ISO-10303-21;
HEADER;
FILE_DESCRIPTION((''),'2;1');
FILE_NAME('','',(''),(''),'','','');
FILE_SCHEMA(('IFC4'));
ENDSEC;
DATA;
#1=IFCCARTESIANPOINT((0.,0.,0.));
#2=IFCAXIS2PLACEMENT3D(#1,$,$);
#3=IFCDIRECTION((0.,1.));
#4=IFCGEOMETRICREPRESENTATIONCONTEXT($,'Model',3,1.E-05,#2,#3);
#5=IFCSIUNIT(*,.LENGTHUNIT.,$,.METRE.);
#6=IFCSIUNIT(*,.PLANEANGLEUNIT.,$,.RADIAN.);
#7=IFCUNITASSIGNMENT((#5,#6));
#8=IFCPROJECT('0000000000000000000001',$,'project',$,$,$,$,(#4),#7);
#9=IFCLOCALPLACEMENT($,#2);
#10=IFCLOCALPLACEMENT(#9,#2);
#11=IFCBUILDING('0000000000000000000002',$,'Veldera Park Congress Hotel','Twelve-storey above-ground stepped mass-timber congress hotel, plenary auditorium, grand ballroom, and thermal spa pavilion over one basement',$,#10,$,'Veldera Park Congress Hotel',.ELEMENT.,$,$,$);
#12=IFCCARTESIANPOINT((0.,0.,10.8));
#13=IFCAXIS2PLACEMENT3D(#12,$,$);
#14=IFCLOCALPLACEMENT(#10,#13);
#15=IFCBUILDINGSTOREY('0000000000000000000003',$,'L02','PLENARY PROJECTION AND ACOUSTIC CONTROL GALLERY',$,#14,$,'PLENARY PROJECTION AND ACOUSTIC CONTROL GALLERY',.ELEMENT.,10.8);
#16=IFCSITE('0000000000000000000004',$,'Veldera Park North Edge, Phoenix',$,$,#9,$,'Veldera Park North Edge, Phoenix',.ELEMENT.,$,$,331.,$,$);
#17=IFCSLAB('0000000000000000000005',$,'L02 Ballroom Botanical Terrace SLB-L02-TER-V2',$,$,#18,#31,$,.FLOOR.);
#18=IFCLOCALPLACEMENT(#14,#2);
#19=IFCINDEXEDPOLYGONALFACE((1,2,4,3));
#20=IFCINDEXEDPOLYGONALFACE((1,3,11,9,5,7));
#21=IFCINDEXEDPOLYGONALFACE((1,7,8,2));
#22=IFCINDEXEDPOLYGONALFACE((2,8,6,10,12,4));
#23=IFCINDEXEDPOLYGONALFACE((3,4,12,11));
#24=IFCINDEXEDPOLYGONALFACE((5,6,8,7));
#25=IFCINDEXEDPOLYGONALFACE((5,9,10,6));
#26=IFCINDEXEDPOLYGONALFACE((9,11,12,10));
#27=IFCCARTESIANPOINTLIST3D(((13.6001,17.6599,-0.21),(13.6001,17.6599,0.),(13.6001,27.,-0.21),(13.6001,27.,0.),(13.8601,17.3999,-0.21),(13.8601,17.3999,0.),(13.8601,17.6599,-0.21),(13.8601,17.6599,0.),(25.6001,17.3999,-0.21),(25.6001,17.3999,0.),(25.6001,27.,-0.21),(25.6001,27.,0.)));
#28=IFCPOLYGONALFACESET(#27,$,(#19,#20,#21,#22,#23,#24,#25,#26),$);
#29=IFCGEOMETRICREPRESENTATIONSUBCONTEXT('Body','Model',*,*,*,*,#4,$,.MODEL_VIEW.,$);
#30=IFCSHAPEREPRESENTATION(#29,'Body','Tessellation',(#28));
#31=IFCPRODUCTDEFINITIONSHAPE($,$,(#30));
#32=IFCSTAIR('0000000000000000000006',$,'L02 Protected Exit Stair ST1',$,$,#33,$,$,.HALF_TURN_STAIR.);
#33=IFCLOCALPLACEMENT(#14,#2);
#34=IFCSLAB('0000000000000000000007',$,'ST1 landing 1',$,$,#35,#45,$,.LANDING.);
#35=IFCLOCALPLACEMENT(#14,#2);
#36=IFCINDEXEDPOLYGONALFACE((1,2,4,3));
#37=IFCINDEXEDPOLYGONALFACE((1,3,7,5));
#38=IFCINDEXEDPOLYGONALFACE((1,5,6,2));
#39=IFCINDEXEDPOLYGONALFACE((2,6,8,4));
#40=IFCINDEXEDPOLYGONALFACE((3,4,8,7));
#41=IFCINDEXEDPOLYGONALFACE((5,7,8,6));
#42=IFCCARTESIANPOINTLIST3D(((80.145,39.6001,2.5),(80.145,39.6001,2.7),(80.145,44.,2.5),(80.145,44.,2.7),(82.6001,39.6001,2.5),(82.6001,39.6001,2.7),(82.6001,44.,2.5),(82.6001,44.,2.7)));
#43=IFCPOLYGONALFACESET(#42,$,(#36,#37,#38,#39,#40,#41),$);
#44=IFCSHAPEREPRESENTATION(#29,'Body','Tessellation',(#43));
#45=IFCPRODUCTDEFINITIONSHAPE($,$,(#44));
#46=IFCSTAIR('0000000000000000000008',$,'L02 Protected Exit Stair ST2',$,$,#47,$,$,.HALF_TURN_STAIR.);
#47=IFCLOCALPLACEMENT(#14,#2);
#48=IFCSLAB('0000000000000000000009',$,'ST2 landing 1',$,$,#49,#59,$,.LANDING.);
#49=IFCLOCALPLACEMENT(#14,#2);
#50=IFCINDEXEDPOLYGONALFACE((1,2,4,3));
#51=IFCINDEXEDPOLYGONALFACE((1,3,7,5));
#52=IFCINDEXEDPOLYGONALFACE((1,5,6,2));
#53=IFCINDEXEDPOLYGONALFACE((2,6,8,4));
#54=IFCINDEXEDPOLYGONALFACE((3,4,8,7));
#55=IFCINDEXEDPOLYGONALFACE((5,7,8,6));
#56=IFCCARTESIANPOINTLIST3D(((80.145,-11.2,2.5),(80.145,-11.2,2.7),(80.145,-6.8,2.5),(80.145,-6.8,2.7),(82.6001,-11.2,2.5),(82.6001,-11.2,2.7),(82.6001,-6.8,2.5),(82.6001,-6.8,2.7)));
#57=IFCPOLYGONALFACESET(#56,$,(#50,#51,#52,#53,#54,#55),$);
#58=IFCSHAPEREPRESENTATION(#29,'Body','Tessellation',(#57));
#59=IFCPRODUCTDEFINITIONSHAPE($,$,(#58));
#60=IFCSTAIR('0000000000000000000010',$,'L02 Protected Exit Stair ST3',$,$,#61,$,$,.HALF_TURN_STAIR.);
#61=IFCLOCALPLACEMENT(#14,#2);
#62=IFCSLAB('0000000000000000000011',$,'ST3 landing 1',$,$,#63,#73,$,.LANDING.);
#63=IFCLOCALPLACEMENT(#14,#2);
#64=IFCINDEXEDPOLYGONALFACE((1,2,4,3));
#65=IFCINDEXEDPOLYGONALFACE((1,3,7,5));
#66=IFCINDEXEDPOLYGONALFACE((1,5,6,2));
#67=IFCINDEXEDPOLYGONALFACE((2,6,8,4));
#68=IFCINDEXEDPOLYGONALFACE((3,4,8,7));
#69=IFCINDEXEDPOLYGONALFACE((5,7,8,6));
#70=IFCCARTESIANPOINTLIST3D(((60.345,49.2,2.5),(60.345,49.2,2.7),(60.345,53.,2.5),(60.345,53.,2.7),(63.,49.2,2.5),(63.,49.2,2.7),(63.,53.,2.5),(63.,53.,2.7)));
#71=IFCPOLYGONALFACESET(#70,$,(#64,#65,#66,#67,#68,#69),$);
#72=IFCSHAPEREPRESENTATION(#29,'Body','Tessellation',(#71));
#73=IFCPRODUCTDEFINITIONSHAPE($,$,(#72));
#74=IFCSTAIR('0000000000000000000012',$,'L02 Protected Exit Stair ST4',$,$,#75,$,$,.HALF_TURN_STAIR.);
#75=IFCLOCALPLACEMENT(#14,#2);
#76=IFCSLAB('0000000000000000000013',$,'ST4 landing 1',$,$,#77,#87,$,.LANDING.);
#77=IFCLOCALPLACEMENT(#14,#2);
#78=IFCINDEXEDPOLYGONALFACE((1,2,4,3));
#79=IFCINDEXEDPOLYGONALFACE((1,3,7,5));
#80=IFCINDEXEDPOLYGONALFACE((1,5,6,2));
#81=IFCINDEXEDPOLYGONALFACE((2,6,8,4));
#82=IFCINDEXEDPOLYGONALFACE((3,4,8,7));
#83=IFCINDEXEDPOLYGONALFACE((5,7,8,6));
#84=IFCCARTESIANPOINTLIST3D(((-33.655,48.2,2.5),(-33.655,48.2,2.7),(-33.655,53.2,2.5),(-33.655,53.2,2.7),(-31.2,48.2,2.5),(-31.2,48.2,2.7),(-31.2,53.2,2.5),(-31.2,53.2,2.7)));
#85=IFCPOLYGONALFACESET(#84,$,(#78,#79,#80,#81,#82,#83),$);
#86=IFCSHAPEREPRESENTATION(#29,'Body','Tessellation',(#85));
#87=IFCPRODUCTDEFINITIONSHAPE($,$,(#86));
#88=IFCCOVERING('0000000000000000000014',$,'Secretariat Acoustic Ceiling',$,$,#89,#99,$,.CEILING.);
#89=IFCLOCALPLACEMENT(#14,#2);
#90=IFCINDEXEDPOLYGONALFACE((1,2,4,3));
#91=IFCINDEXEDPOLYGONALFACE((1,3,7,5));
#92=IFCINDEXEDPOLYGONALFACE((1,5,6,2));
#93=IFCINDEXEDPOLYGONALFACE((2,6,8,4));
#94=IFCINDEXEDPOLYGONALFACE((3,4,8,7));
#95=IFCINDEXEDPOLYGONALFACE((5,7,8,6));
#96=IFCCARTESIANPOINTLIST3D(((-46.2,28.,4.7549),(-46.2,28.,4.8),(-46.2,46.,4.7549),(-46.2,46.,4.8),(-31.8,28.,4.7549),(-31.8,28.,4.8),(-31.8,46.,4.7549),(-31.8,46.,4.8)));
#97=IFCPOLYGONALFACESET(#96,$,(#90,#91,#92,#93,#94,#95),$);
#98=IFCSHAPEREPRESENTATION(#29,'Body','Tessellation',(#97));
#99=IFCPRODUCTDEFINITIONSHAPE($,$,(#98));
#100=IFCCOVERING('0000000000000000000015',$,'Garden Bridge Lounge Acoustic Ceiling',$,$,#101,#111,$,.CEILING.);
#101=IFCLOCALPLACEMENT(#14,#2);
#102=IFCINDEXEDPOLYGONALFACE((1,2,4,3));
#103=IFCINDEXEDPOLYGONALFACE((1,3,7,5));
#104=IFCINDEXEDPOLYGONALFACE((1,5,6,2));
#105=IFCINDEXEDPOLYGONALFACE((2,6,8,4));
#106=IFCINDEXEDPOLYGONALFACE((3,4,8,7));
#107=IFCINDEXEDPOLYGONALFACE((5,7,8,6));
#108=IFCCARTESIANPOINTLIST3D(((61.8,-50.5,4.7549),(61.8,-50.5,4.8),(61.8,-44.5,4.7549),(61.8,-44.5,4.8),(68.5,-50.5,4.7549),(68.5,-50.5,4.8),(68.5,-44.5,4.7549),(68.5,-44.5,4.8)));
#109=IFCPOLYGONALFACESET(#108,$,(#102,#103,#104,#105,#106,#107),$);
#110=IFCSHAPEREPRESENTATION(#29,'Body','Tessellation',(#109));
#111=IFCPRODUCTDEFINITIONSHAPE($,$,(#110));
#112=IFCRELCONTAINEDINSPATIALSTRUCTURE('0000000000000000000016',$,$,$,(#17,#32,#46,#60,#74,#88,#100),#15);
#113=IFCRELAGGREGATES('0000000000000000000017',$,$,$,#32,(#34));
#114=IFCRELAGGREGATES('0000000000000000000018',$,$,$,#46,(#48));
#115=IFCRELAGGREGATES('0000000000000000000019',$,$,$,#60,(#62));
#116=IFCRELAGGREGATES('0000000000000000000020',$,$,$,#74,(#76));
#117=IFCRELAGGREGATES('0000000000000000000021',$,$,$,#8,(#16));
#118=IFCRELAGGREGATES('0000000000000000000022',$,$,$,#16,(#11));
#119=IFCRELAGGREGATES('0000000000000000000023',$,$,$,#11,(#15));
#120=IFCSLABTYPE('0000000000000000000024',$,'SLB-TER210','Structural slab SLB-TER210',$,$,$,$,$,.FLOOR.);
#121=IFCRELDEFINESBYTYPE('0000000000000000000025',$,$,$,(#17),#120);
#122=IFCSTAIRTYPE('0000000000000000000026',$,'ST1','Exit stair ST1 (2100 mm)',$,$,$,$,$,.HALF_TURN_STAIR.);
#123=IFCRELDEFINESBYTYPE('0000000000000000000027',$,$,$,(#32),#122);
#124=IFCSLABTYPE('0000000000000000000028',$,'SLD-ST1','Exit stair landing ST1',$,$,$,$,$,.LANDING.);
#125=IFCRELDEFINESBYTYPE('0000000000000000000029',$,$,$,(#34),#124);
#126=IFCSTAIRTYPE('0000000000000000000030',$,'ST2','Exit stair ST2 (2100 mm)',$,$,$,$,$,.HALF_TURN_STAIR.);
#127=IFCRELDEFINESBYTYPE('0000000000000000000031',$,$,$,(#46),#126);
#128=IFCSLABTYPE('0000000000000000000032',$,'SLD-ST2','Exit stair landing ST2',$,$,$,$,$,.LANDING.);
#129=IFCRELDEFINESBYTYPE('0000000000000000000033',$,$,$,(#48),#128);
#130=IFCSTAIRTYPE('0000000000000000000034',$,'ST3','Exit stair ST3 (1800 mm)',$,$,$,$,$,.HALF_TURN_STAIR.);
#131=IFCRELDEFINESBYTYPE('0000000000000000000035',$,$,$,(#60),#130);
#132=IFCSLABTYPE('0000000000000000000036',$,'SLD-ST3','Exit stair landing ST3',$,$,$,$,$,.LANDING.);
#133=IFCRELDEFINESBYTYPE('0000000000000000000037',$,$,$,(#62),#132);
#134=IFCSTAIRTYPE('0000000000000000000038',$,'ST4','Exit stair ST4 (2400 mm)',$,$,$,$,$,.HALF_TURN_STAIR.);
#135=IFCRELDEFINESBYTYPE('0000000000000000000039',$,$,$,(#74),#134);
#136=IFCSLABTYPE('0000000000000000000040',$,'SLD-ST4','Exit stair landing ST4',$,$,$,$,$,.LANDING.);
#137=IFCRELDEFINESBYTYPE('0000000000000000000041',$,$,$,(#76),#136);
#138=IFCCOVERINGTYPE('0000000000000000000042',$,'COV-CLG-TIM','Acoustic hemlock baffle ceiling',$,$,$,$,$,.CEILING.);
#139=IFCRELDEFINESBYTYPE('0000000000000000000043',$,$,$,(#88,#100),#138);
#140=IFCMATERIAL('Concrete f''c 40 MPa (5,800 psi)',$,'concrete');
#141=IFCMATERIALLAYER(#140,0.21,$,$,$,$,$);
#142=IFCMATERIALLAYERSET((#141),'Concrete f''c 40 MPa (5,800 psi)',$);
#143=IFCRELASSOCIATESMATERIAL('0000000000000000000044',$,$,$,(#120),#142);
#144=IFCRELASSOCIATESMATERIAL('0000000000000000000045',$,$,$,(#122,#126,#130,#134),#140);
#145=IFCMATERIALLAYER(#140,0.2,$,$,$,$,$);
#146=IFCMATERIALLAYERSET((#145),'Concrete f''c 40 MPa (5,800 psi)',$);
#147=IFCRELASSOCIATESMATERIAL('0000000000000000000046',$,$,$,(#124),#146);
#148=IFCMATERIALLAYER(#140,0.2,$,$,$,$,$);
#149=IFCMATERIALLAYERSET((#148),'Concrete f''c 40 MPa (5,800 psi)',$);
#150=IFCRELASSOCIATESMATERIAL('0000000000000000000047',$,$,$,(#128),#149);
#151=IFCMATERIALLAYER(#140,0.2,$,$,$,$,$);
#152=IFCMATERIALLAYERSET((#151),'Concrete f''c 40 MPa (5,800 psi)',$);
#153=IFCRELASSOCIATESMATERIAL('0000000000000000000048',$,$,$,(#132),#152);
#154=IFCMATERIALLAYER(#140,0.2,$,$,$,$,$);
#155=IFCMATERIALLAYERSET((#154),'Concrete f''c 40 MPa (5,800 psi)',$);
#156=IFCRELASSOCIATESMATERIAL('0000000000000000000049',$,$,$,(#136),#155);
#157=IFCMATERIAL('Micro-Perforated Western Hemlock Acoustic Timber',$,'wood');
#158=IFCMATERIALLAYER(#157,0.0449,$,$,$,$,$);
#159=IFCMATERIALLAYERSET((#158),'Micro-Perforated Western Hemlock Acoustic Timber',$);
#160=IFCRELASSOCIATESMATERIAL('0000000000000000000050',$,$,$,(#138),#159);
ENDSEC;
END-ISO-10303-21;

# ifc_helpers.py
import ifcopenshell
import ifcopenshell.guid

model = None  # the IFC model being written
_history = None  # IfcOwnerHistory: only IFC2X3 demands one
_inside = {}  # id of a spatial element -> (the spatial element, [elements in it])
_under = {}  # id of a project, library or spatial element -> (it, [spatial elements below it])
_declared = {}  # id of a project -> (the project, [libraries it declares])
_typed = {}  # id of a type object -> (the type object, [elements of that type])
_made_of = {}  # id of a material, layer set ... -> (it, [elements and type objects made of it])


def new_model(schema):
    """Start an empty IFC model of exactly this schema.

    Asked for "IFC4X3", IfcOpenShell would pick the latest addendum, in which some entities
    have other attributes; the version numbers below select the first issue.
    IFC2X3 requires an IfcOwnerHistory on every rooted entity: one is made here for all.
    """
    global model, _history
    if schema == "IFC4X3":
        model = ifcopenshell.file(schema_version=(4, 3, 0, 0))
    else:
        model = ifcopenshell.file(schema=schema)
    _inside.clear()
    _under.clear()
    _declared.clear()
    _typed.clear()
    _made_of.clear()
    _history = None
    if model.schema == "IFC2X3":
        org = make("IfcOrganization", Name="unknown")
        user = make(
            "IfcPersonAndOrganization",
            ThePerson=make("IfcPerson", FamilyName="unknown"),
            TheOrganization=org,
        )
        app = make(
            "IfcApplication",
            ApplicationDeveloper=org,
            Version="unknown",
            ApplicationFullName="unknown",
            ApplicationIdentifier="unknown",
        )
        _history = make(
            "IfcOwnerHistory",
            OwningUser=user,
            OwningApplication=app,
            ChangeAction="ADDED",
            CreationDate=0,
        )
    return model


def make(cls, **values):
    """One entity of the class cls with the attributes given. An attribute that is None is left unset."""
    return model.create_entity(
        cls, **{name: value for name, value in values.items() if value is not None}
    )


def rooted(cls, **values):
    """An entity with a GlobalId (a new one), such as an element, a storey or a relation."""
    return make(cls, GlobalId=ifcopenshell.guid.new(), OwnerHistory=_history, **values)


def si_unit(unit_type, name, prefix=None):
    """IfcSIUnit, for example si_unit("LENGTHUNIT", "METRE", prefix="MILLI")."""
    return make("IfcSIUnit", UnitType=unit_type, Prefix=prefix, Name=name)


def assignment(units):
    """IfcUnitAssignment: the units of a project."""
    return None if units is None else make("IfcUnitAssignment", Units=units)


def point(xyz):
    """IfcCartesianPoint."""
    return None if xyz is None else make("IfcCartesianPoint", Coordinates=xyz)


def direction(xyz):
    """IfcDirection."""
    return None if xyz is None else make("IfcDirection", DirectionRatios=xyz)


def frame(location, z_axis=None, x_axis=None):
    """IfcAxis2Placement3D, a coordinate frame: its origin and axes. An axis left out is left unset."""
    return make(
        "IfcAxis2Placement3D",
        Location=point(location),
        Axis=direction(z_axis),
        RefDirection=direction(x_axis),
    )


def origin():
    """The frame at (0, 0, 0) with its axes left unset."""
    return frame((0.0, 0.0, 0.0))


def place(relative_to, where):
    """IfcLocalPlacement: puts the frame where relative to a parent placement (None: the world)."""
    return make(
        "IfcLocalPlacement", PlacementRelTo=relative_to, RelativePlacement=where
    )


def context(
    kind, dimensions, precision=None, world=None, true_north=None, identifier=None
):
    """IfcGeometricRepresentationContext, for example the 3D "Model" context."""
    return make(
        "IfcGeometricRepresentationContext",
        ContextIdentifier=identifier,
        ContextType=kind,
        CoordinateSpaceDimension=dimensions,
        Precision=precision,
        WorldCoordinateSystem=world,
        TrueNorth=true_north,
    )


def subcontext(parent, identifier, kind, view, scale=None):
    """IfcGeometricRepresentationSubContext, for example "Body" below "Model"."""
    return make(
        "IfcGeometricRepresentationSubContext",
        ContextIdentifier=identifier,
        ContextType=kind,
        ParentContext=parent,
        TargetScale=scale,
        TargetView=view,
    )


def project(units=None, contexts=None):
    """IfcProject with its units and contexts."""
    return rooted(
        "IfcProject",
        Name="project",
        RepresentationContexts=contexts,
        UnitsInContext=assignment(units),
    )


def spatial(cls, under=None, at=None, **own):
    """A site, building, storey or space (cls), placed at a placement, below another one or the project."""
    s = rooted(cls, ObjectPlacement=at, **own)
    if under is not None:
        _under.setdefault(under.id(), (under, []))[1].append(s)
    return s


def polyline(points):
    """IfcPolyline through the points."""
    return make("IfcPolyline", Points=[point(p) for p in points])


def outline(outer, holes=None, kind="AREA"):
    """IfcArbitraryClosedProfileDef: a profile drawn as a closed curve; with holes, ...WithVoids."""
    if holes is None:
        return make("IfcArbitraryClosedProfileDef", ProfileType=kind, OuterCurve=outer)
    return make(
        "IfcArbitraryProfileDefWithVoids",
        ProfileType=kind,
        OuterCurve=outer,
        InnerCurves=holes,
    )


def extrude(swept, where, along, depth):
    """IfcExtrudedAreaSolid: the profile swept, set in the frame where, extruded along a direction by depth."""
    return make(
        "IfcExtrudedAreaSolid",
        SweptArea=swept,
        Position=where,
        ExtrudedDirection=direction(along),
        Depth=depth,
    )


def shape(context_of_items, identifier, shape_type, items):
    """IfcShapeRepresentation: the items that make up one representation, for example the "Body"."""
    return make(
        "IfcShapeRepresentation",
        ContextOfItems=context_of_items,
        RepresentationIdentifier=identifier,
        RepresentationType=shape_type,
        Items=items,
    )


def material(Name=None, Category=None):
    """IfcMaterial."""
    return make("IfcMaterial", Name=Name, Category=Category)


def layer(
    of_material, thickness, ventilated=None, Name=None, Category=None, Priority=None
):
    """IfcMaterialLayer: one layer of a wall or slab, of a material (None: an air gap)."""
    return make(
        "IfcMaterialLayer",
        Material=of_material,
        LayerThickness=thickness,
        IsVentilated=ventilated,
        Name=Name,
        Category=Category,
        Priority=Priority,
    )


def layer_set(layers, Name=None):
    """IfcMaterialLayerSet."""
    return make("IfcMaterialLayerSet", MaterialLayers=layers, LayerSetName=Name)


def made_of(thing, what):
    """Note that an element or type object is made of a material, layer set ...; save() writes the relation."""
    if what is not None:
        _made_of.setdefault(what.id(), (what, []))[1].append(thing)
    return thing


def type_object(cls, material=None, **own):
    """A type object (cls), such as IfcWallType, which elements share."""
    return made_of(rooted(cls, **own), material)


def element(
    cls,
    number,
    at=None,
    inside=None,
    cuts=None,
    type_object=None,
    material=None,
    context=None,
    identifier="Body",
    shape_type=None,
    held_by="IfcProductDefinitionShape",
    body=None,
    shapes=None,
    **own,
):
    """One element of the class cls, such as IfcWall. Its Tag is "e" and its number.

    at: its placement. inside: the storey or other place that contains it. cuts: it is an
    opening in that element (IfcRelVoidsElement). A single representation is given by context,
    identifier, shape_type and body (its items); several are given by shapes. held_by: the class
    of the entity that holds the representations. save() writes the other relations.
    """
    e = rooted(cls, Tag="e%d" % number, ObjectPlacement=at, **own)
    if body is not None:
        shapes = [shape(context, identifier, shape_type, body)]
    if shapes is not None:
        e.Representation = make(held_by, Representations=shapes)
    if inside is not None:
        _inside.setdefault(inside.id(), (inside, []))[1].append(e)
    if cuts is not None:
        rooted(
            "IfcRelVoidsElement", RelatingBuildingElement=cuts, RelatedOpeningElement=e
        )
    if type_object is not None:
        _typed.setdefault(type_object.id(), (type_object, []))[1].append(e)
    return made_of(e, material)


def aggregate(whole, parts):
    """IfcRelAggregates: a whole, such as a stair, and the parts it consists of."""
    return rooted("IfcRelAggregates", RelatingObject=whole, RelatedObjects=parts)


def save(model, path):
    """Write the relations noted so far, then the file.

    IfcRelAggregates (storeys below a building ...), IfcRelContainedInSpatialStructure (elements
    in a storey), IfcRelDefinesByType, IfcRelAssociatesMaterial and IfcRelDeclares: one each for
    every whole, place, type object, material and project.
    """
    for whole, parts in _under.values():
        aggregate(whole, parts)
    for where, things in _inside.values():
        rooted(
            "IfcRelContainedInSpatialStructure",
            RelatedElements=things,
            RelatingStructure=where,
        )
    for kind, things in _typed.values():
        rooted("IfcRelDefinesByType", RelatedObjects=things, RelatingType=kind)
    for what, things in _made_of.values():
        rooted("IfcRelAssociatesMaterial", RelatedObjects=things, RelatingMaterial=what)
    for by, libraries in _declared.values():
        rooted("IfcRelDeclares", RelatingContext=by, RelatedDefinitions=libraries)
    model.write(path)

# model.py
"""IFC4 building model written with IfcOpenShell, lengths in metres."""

from ifc_helpers import new_model, si_unit, direction, frame, origin, place, context, subcontext, project, spatial, polyline, outline, extrude, material, layer, layer_set, type_object, element, aggregate, save


model = new_model("IFC4")

# Units and contexts
model_context = context("Model", 3, precision=1e-05, world=origin(), true_north=direction((0.0, 1.0)))
body_context = subcontext(model_context, "Body", "Model", "MODEL_VIEW")
ifc_project = project(units=[si_unit("LENGTHUNIT", "METRE"), si_unit("PLANEANGLEUNIT", "RADIAN")], contexts=[model_context])

# Site, building, storey
site_placement = place(None, origin())
site = spatial("IfcSite", under=ifc_project, at=site_placement, Name="Veldera Park North Edge, Phoenix", LongName="Veldera Park North Edge, Phoenix", CompositionType="ELEMENT", RefElevation=331.0)
building_placement = place(site_placement, origin())
building = spatial("IfcBuilding", under=site, at=building_placement, Name="Veldera Park Congress Hotel", Description="Twelve-storey above-ground stepped mass-timber congress hotel, plenary auditorium, grand ballroom, and thermal spa pavilion over one basement", LongName="Veldera Park Congress Hotel", CompositionType="ELEMENT")
storey_placement = place(building_placement, frame((0.0, 0.0, 10.8)))
storey = spatial("IfcBuildingStorey", under=building, at=storey_placement, Name="L02", Description="PLENARY PROJECTION AND ACOUSTIC CONTROL GALLERY", LongName="PLENARY PROJECTION AND ACOUSTIC CONTROL GALLERY", CompositionType="ELEMENT", Elevation=10.8)

# Slab
ifc_material_1 = material(Name="Concrete f'c 40 MPa (5,800 psi)", Category="concrete")
ifc_layer_1 = layer(ifc_material_1, 0.21)
ifc_layer_set_1 = layer_set([ifc_layer_1], Name="Concrete f'c 40 MPa (5,800 psi)")
slab_type_1 = type_object("IfcSlabType", Name="SLB-TER210", Description="Structural slab SLB-TER210", PredefinedType="FLOOR", material=ifc_layer_set_1)
slab_1_placement = place(storey_placement, frame((0.0, 0.0, -0.21)))
element("IfcSlab", 1, at=slab_1_placement, inside=storey, type_object=slab_type_1, Name="L02 Ballroom Botanical Terrace SLB-L02-TER-V2", PredefinedType="FLOOR", context=body_context, shape_type="SweptSolid", body=[
    extrude(outline(polyline([(13.6001, 17.6599), (13.8601, 17.6599), (13.8601, 17.3999), (25.6001, 17.3999), (25.6001, 27.0), (13.6001, 27.0), (13.6001, 17.6599)])), origin(), (0.0, 0.0, 1.0), 0.21),
])

# Stairs, slabs
stair_type_1 = type_object("IfcStairType", Name="ST1", Description="Exit stair ST1 (2100 mm)", PredefinedType="HALF_TURN_STAIR", material=ifc_material_1)
stair_1_placement = place(storey_placement, origin())
stair_1 = element("IfcStair", 2, at=stair_1_placement, inside=storey, type_object=stair_type_1, Name="L02 Protected Exit Stair ST1", PredefinedType="HALF_TURN_STAIR")
ifc_layer_2 = layer(ifc_material_1, 0.2)
ifc_layer_set_2 = layer_set([ifc_layer_2], Name="Concrete f'c 40 MPa (5,800 psi)")
slab_type_2 = type_object("IfcSlabType", Name="SLD-ST1", Description="Exit stair landing ST1", PredefinedType="LANDING", material=ifc_layer_set_2)
slab_2_placement = place(storey_placement, frame((0.0, 0.0, 2.5)))
slab_2 = element("IfcSlab", 3, at=slab_2_placement, type_object=slab_type_2, Name="ST1 landing 1", PredefinedType="LANDING", context=body_context, shape_type="SweptSolid", body=[
    extrude(outline(polyline([(80.145, 39.6001), (82.6001, 39.6001), (82.6001, 44.0), (80.145, 44.0), (80.145, 39.6001)])), origin(), (0.0, 0.0, 1.0), 0.2),
])
aggregate(stair_1, [slab_2])
stair_type_2 = type_object("IfcStairType", Name="ST2", Description="Exit stair ST2 (2100 mm)", PredefinedType="HALF_TURN_STAIR", material=ifc_material_1)
stair_2_placement = place(storey_placement, origin())
stair_2 = element("IfcStair", 4, at=stair_2_placement, inside=storey, type_object=stair_type_2, Name="L02 Protected Exit Stair ST2", PredefinedType="HALF_TURN_STAIR")
ifc_layer_3 = layer(ifc_material_1, 0.2)
ifc_layer_set_3 = layer_set([ifc_layer_3], Name="Concrete f'c 40 MPa (5,800 psi)")
slab_type_3 = type_object("IfcSlabType", Name="SLD-ST2", Description="Exit stair landing ST2", PredefinedType="LANDING", material=ifc_layer_set_3)
slab_3_placement = place(storey_placement, frame((0.0, 0.0, 2.5)))
slab_3 = element("IfcSlab", 5, at=slab_3_placement, type_object=slab_type_3, Name="ST2 landing 1", PredefinedType="LANDING", context=body_context, shape_type="SweptSolid", body=[
    extrude(outline(polyline([(80.145, -11.2), (82.6001, -11.2), (82.6001, -6.8), (80.145, -6.8), (80.145, -11.2)])), origin(), (0.0, 0.0, 1.0), 0.2),
])
aggregate(stair_2, [slab_3])
stair_type_3 = type_object("IfcStairType", Name="ST3", Description="Exit stair ST3 (1800 mm)", PredefinedType="HALF_TURN_STAIR", material=ifc_material_1)
stair_3_placement = place(storey_placement, origin())
stair_3 = element("IfcStair", 6, at=stair_3_placement, inside=storey, type_object=stair_type_3, Name="L02 Protected Exit Stair ST3", PredefinedType="HALF_TURN_STAIR")
ifc_layer_4 = layer(ifc_material_1, 0.2)
ifc_layer_set_4 = layer_set([ifc_layer_4], Name="Concrete f'c 40 MPa (5,800 psi)")
slab_type_4 = type_object("IfcSlabType", Name="SLD-ST3", Description="Exit stair landing ST3", PredefinedType="LANDING", material=ifc_layer_set_4)
slab_4_placement = place(storey_placement, frame((0.0, 0.0, 2.5)))
slab_4 = element("IfcSlab", 7, at=slab_4_placement, type_object=slab_type_4, Name="ST3 landing 1", PredefinedType="LANDING", context=body_context, shape_type="SweptSolid", body=[
    extrude(outline(polyline([(60.345, 49.2), (63.0, 49.2), (63.0, 53.0), (60.345, 53.0), (60.345, 49.2)])), origin(), (0.0, 0.0, 1.0), 0.2),
])
aggregate(stair_3, [slab_4])
stair_type_4 = type_object("IfcStairType", Name="ST4", Description="Exit stair ST4 (2400 mm)", PredefinedType="HALF_TURN_STAIR", material=ifc_material_1)
stair_4_placement = place(storey_placement, origin())
stair_4 = element("IfcStair", 8, at=stair_4_placement, inside=storey, type_object=stair_type_4, Name="L02 Protected Exit Stair ST4", PredefinedType="HALF_TURN_STAIR")
ifc_layer_5 = layer(ifc_material_1, 0.2)
ifc_layer_set_5 = layer_set([ifc_layer_5], Name="Concrete f'c 40 MPa (5,800 psi)")
slab_type_5 = type_object("IfcSlabType", Name="SLD-ST4", Description="Exit stair landing ST4", PredefinedType="LANDING", material=ifc_layer_set_5)
slab_5_placement = place(storey_placement, frame((0.0, 0.0, 2.5)))
slab_5 = element("IfcSlab", 9, at=slab_5_placement, type_object=slab_type_5, Name="ST4 landing 1", PredefinedType="LANDING", context=body_context, shape_type="SweptSolid", body=[
    extrude(outline(polyline([(-33.655, 48.2), (-31.2, 48.2), (-31.2, 53.2), (-33.655, 53.2), (-33.655, 48.2)])), origin(), (0.0, 0.0, 1.0), 0.2),
])
aggregate(stair_4, [slab_5])

# Coverings
ifc_material_2 = material(Name="Micro-Perforated Western Hemlock Acoustic Timber", Category="wood")
ifc_layer_6 = layer(ifc_material_2, 0.0449)
ifc_layer_set_6 = layer_set([ifc_layer_6], Name="Micro-Perforated Western Hemlock Acoustic Timber")
covering_type = type_object("IfcCoveringType", Name="COV-CLG-TIM", Description="Acoustic hemlock baffle ceiling", PredefinedType="CEILING", material=ifc_layer_set_6)
covering_1_placement = place(storey_placement, frame((0.0, 0.0, 4.7549)))
element("IfcCovering", 10, at=covering_1_placement, inside=storey, type_object=covering_type, Name="Secretariat Acoustic Ceiling", PredefinedType="CEILING", context=body_context, shape_type="SweptSolid", body=[
    extrude(outline(polyline([(-46.2, 28.0), (-31.8, 28.0), (-31.8, 46.0), (-46.2, 46.0), (-46.2, 28.0)])), origin(), (0.0, 0.0, 1.0), 0.0452),
])
covering_2_placement = place(storey_placement, frame((0.0, 0.0, 4.7549)))
element("IfcCovering", 11, at=covering_2_placement, inside=storey, type_object=covering_type, Name="Garden Bridge Lounge Acoustic Ceiling", PredefinedType="CEILING", context=body_context, shape_type="SweptSolid", body=[
    extrude(outline(polyline([(61.8, -50.5), (68.5, -50.5), (68.5, -44.5), (61.8, -44.5), (61.8, -50.5)])), origin(), (0.0, 0.0, 1.0), 0.0452),
])

save(model, "model.ifc")
